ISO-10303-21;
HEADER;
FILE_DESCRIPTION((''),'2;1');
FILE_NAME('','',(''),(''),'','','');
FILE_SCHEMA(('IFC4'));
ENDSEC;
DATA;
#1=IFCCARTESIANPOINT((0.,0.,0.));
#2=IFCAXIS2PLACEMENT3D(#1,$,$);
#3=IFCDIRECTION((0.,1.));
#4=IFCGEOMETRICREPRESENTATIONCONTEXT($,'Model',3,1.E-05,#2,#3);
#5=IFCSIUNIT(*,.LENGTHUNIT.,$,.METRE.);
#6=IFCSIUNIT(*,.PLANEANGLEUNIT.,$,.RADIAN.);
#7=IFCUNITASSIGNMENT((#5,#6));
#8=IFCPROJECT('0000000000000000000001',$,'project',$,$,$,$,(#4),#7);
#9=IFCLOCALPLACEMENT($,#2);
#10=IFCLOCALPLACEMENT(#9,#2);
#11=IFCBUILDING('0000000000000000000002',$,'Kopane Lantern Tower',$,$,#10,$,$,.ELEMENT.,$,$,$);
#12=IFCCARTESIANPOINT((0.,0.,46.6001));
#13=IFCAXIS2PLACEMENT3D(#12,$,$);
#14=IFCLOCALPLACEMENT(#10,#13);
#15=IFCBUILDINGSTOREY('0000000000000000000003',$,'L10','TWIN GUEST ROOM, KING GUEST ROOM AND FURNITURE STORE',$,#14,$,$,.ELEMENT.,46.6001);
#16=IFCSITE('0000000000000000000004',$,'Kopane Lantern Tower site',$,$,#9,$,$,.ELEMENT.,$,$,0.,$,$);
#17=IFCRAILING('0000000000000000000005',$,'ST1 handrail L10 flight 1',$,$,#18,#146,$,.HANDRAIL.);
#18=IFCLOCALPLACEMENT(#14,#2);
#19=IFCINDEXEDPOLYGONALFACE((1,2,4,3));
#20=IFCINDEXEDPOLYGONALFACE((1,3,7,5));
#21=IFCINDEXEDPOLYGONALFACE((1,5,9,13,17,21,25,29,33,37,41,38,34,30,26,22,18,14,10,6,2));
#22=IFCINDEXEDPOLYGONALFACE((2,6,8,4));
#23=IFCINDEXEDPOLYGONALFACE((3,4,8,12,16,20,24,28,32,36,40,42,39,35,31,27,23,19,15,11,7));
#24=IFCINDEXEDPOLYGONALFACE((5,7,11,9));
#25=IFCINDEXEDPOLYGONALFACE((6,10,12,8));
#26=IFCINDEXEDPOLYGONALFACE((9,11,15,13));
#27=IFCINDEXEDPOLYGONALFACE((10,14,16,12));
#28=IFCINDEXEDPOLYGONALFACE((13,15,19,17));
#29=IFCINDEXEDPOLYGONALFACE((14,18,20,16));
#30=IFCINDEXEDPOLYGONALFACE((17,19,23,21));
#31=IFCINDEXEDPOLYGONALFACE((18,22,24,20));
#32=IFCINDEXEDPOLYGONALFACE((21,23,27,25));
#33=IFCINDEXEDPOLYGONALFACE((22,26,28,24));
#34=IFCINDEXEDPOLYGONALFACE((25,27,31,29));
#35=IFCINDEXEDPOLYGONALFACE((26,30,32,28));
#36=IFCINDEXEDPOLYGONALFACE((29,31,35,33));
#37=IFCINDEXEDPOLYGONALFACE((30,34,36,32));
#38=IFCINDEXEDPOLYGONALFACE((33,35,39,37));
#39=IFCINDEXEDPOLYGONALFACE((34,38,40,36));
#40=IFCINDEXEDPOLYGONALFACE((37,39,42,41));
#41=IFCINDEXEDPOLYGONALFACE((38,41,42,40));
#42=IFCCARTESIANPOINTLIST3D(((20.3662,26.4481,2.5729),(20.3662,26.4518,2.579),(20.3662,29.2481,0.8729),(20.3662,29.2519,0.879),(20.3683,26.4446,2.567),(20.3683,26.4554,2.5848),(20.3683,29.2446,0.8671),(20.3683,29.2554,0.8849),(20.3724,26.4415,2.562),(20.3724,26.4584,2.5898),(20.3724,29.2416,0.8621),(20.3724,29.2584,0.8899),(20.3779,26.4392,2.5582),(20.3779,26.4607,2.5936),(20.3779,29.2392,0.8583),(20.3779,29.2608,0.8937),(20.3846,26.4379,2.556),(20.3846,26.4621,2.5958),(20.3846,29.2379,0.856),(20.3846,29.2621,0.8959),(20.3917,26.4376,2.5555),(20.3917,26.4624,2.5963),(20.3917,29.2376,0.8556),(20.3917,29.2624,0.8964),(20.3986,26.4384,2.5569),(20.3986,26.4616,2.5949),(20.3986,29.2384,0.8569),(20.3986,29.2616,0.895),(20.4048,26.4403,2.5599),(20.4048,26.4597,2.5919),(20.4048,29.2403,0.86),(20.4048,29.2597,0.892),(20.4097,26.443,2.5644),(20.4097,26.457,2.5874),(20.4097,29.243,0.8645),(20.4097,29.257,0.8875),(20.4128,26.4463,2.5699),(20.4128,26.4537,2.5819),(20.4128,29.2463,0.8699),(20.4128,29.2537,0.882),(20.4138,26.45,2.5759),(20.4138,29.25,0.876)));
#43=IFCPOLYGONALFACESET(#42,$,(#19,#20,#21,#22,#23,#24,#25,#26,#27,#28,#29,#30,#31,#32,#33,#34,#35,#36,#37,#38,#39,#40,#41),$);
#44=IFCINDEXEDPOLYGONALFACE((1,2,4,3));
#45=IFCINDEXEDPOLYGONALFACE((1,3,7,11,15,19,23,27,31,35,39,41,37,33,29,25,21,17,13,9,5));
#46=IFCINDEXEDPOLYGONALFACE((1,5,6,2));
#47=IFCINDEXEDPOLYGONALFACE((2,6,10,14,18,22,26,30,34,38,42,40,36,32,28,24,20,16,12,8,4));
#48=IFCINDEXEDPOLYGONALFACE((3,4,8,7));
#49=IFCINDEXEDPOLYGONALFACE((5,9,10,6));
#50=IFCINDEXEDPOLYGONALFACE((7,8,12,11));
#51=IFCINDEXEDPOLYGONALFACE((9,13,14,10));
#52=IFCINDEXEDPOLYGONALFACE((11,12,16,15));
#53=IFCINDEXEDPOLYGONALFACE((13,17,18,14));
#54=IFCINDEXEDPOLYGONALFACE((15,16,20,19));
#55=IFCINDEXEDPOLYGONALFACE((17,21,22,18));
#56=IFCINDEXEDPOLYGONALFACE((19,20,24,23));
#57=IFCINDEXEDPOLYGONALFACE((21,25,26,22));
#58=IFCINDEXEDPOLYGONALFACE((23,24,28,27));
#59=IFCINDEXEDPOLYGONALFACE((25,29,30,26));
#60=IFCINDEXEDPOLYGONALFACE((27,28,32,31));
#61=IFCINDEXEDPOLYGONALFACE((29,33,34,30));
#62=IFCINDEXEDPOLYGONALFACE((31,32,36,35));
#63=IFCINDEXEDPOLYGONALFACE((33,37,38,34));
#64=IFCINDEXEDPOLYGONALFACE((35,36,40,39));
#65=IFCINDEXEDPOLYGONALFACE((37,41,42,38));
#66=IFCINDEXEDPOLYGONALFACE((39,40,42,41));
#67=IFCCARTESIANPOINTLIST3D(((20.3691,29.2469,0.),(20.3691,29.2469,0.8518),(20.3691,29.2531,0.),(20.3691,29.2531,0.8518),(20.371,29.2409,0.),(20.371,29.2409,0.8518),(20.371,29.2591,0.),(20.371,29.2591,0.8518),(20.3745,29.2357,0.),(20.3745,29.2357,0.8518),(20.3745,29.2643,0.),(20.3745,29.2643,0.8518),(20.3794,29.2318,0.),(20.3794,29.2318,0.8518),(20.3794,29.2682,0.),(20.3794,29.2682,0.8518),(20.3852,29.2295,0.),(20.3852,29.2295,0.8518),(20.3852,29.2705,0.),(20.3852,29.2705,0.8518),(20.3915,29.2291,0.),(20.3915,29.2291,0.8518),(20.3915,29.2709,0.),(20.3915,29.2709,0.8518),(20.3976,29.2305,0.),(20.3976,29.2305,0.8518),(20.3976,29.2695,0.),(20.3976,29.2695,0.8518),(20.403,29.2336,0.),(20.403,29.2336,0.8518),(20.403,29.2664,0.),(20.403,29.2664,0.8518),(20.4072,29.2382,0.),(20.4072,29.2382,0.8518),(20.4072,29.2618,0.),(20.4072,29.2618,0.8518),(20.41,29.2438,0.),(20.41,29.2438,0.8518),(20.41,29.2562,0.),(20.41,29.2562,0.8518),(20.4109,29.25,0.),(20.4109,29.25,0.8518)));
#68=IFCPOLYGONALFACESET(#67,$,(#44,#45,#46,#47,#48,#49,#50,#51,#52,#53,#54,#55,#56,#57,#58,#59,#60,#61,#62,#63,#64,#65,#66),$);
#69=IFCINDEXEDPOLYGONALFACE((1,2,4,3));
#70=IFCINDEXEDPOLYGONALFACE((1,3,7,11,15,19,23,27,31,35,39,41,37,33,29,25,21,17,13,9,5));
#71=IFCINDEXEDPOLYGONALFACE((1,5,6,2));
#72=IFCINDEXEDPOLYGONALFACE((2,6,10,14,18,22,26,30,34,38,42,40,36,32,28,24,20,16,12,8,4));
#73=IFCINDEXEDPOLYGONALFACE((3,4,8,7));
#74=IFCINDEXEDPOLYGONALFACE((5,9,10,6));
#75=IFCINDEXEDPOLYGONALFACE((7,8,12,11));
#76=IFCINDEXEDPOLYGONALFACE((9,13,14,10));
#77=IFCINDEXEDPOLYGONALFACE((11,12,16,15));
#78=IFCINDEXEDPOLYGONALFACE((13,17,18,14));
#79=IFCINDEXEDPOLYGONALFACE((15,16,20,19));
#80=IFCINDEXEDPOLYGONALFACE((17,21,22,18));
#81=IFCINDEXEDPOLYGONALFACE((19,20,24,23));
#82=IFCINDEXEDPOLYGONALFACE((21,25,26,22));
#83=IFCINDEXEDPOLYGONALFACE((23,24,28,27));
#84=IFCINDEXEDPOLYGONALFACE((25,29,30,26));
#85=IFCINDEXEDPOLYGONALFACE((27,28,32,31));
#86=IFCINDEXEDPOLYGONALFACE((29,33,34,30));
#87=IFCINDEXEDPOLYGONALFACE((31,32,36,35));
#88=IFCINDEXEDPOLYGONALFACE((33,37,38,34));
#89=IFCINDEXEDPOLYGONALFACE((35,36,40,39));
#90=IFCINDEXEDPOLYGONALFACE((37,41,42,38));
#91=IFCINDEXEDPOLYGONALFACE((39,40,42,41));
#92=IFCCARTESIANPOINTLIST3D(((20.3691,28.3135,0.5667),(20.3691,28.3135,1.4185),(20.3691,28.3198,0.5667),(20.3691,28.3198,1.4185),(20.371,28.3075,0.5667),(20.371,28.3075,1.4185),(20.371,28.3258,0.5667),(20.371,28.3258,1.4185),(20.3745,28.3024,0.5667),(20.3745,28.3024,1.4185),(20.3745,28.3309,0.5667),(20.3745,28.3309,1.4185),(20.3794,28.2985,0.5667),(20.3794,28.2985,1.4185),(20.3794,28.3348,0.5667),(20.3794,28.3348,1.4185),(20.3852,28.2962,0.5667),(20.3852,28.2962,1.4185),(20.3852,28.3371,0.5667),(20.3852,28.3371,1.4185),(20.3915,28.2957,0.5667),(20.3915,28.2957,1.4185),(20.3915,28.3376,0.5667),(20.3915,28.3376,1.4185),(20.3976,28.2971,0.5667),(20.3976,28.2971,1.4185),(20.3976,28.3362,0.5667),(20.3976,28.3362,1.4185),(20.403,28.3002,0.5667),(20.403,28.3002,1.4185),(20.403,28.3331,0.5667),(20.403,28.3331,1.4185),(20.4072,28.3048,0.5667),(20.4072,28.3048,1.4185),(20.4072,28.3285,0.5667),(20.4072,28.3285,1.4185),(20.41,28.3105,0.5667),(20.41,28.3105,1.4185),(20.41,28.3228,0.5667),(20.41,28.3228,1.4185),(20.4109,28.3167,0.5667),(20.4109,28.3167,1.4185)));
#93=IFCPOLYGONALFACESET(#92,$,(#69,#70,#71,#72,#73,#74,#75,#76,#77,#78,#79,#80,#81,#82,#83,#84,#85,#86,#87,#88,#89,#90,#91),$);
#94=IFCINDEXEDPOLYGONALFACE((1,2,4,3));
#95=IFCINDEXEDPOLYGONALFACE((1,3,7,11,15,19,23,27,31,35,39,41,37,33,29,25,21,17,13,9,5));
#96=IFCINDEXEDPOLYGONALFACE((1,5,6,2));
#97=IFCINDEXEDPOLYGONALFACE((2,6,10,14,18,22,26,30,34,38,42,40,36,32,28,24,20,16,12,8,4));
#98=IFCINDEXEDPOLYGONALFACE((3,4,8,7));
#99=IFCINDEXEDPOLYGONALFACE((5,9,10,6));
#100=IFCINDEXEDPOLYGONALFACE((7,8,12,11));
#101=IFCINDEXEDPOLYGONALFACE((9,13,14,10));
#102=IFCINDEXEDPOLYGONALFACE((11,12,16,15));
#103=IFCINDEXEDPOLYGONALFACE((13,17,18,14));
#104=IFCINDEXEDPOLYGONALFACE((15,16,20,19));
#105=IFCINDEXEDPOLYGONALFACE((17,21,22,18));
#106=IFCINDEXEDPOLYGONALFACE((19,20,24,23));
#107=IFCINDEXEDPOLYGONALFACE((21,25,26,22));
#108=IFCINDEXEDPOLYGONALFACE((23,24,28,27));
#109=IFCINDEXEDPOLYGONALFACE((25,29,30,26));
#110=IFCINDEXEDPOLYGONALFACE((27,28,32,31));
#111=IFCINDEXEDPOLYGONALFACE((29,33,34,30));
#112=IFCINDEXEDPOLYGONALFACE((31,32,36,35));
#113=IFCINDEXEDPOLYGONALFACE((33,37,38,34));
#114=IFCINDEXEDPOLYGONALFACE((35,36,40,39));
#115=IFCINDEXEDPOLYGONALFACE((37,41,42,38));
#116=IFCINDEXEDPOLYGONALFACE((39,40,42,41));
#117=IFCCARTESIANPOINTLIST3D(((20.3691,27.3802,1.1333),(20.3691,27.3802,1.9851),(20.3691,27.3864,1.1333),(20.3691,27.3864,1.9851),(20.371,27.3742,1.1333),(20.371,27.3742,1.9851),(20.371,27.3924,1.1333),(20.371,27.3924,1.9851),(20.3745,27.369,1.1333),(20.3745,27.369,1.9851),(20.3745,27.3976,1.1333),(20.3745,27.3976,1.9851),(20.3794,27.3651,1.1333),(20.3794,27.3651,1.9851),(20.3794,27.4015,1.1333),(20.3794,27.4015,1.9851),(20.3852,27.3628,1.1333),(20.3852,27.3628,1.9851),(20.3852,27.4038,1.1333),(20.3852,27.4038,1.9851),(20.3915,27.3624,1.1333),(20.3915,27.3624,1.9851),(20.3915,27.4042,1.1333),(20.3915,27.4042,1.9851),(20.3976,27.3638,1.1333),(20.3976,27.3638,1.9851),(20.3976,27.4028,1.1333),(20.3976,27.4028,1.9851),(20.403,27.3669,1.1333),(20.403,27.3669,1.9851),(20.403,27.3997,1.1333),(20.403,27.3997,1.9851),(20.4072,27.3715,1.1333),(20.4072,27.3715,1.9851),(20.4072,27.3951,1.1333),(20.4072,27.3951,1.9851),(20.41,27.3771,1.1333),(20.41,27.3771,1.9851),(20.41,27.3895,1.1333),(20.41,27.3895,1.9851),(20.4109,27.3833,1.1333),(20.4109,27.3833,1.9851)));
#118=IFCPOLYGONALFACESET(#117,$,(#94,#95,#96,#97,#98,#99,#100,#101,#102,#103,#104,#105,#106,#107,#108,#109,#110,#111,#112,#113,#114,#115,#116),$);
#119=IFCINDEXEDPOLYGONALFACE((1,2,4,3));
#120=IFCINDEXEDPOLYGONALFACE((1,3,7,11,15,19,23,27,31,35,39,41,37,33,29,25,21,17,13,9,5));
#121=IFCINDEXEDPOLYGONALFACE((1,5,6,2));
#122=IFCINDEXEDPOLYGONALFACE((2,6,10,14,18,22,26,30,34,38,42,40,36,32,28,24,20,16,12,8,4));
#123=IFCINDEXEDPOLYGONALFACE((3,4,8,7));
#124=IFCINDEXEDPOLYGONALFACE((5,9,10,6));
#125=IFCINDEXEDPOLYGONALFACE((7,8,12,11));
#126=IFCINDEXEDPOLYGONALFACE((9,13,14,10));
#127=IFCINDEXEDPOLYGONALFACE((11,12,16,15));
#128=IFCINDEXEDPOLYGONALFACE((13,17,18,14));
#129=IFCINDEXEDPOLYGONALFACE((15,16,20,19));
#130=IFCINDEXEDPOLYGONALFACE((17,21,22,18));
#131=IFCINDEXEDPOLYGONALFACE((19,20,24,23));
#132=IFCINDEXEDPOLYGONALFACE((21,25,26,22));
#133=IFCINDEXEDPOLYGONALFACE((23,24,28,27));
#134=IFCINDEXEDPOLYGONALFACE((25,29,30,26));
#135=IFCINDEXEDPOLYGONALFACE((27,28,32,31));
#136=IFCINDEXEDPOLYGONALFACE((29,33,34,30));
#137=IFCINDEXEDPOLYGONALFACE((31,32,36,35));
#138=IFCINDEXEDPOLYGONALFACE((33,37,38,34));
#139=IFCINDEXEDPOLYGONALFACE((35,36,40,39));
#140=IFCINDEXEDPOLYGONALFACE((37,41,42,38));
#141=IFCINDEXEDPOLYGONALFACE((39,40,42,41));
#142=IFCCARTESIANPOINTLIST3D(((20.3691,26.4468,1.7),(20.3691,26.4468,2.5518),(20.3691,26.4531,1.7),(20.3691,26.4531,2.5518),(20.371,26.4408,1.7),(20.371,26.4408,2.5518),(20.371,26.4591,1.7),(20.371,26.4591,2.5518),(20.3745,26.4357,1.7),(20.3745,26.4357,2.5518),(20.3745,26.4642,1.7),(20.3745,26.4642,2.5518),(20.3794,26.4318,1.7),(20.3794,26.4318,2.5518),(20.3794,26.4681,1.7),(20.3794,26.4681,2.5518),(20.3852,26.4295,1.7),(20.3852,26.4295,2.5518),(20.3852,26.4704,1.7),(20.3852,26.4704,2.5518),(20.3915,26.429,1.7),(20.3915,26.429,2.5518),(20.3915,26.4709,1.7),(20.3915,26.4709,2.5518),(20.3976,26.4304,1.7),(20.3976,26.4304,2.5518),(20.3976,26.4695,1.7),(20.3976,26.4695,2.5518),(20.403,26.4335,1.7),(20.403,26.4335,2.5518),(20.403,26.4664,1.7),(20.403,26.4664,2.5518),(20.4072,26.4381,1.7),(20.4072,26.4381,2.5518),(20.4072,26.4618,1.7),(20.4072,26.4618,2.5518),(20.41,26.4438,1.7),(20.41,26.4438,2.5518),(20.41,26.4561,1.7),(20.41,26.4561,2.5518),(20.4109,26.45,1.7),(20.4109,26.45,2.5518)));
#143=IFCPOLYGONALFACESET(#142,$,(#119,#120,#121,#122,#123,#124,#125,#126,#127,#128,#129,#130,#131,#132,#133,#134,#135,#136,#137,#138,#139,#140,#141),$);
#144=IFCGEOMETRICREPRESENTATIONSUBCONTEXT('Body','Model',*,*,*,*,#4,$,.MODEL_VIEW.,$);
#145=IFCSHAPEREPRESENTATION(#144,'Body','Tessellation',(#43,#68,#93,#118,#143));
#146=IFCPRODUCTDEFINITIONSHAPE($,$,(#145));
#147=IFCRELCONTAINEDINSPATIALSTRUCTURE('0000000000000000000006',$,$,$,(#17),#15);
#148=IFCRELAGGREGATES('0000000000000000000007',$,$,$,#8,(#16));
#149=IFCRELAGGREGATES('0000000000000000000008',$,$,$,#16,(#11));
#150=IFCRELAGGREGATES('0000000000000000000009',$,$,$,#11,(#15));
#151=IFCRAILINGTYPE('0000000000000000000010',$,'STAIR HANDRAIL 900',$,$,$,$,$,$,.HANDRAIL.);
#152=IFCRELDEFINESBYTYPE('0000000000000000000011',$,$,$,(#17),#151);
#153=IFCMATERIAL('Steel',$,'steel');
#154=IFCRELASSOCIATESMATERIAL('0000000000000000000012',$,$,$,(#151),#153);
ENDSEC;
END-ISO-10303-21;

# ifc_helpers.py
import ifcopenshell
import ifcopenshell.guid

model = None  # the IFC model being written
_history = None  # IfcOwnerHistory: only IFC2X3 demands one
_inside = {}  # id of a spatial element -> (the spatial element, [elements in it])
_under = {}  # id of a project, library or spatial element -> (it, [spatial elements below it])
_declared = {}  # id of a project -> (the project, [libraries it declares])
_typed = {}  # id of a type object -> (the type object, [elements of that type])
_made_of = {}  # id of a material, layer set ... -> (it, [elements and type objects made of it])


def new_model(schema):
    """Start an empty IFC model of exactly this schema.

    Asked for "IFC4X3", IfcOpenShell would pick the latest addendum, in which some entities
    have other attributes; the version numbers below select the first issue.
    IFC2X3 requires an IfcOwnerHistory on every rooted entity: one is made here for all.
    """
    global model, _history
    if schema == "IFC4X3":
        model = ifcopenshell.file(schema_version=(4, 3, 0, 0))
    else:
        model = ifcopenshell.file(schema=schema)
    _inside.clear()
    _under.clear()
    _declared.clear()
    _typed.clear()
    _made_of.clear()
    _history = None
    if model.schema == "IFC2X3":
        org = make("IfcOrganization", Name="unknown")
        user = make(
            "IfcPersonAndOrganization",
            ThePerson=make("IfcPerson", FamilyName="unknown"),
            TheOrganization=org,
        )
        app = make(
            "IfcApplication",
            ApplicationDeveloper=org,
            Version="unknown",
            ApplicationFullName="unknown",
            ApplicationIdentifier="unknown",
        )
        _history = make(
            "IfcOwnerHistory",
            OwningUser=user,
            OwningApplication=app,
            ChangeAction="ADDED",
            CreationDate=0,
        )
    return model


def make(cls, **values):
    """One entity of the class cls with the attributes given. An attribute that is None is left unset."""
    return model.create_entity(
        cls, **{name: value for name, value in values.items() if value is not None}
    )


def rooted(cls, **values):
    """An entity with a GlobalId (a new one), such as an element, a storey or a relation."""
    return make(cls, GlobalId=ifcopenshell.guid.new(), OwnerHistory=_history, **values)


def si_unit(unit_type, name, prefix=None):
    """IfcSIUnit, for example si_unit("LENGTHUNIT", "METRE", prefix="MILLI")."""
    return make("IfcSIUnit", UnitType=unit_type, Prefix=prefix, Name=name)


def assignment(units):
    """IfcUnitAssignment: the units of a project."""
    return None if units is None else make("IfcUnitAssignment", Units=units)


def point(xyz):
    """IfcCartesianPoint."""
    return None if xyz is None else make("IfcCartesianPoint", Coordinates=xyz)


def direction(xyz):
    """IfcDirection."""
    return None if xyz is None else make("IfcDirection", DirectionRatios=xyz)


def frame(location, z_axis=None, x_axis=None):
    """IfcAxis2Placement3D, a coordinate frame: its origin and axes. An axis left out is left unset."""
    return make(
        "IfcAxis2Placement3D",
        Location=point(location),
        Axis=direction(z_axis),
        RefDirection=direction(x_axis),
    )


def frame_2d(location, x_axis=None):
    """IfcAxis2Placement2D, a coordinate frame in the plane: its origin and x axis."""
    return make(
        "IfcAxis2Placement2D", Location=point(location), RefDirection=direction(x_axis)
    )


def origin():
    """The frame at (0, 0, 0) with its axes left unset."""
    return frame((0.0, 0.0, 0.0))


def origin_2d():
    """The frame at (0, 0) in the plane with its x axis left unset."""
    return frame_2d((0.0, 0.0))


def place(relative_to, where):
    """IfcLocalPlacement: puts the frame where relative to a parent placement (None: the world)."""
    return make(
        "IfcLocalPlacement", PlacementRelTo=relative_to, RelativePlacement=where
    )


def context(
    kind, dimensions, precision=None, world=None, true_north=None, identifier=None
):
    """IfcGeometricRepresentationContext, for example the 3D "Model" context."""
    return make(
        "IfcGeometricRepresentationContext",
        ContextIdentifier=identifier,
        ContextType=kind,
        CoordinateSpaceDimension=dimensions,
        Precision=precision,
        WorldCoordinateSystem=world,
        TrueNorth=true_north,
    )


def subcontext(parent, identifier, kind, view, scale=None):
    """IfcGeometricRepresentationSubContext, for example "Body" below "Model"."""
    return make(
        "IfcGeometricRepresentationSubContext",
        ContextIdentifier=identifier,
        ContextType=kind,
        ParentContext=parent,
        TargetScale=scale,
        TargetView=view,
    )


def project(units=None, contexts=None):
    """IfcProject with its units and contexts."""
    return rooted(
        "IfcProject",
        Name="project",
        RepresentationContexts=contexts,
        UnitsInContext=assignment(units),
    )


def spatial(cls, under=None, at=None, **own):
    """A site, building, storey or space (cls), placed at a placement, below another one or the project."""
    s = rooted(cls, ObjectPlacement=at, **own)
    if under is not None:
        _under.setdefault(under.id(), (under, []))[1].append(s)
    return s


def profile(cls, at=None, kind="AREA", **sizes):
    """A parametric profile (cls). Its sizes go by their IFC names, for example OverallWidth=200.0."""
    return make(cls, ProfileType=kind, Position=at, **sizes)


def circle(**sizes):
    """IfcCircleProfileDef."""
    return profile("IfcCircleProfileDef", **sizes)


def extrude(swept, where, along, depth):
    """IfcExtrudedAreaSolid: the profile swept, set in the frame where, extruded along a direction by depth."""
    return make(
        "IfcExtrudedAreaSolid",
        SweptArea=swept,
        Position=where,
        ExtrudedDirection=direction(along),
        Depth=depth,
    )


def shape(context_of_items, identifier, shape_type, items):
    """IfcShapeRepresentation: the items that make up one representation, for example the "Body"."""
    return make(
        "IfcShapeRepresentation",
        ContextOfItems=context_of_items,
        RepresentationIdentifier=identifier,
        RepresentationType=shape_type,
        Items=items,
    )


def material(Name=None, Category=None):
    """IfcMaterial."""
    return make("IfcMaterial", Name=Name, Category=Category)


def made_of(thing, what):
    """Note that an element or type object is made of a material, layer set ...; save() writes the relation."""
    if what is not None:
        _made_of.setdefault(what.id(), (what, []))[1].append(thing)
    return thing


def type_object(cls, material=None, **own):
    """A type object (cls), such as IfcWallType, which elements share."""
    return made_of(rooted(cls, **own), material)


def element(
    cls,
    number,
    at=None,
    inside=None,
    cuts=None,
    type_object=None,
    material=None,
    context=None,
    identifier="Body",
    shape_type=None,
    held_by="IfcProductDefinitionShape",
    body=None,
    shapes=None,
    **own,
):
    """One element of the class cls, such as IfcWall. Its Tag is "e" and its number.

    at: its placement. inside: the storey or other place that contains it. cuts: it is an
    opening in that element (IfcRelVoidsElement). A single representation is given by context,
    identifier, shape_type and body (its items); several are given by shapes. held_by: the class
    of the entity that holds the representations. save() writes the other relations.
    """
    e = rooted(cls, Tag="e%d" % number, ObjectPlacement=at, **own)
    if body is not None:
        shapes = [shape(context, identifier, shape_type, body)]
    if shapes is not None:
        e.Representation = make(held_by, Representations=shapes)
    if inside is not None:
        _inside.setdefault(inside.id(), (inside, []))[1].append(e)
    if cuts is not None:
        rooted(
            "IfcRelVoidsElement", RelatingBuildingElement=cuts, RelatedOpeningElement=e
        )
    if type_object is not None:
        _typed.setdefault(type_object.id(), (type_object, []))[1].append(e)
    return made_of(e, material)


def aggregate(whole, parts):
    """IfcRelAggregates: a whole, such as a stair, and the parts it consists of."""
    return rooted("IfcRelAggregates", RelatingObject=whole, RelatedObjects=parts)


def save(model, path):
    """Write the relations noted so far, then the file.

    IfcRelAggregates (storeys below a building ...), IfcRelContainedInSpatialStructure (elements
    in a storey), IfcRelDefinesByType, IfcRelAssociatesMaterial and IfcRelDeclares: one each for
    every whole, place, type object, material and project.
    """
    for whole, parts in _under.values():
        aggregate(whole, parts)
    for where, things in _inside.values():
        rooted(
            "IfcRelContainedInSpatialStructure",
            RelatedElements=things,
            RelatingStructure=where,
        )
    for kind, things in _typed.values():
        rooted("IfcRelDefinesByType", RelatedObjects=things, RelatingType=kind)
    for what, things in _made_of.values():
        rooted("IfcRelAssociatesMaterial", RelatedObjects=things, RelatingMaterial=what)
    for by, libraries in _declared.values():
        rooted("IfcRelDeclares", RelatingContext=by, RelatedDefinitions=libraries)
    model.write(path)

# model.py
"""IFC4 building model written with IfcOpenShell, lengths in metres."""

from ifc_helpers import new_model, si_unit, direction, frame, origin, origin_2d, place, context, subcontext, project, spatial, circle, extrude, material, type_object, element, save


model = new_model("IFC4")

# Units and contexts
model_context = context("Model", 3, precision=1e-05, world=origin(), true_north=direction((0.0, 1.0)))
body_context = subcontext(model_context, "Body", "Model", "MODEL_VIEW")
ifc_project = project(units=[si_unit("LENGTHUNIT", "METRE"), si_unit("PLANEANGLEUNIT", "RADIAN")], contexts=[model_context])

# Site, building, storey
site_placement = place(None, origin())
site = spatial("IfcSite", under=ifc_project, at=site_placement, Name="Kopane Lantern Tower site", CompositionType="ELEMENT", RefElevation=0.0)
building_placement = place(site_placement, origin())
building = spatial("IfcBuilding", under=site, at=building_placement, Name="Kopane Lantern Tower", CompositionType="ELEMENT")
storey_placement = place(building_placement, frame((0.0, 0.0, 46.6001)))
storey = spatial("IfcBuildingStorey", under=building, at=storey_placement, Name="L10", Description="TWIN GUEST ROOM, KING GUEST ROOM AND FURNITURE STORE", CompositionType="ELEMENT", Elevation=46.6001)

# Railing
ifc_material_1 = material(Name="Steel", Category="steel")
railing_type_1 = type_object("IfcRailingType", Name="STAIR HANDRAIL 900", PredefinedType="HANDRAIL", material=ifc_material_1)
for number, where, name in (
    (1, (20.3899, 29.25, 0.0), "ST1 handrail L10 flight 1"),
):
    element("IfcRailing", number, at=place(storey_placement, frame(where)), inside=storey, type_object=railing_type_1, Name=name, PredefinedType="HANDRAIL", context=body_context, shape_type="SweptSolid", body=[
        extrude(circle(Radius=0.0239, at=origin_2d()), frame((0.0, 0.0, 0.876), z_axis=(0.0, -0.854798, 0.518961), x_axis=(1.0, 0.0, 0.0)), (0.0, 0.0, 1.0), 3.2756),
        extrude(circle(Radius=0.021, at=origin_2d()), origin(), (0.0, 0.0, 1.0), 0.8518),
        extrude(circle(Radius=0.021, at=origin_2d()), frame((0.0, -0.9333, 0.5667)), (0.0, 0.0, 1.0), 0.8518),
        extrude(circle(Radius=0.021, at=origin_2d()), frame((0.0, -1.8667, 1.1333)), (0.0, 0.0, 1.0), 0.8518),
        extrude(circle(Radius=0.021, at=origin_2d()), frame((0.0, -2.8, 1.7)), (0.0, 0.0, 1.0), 0.8518),
    ])

save(model, "model.ifc")
